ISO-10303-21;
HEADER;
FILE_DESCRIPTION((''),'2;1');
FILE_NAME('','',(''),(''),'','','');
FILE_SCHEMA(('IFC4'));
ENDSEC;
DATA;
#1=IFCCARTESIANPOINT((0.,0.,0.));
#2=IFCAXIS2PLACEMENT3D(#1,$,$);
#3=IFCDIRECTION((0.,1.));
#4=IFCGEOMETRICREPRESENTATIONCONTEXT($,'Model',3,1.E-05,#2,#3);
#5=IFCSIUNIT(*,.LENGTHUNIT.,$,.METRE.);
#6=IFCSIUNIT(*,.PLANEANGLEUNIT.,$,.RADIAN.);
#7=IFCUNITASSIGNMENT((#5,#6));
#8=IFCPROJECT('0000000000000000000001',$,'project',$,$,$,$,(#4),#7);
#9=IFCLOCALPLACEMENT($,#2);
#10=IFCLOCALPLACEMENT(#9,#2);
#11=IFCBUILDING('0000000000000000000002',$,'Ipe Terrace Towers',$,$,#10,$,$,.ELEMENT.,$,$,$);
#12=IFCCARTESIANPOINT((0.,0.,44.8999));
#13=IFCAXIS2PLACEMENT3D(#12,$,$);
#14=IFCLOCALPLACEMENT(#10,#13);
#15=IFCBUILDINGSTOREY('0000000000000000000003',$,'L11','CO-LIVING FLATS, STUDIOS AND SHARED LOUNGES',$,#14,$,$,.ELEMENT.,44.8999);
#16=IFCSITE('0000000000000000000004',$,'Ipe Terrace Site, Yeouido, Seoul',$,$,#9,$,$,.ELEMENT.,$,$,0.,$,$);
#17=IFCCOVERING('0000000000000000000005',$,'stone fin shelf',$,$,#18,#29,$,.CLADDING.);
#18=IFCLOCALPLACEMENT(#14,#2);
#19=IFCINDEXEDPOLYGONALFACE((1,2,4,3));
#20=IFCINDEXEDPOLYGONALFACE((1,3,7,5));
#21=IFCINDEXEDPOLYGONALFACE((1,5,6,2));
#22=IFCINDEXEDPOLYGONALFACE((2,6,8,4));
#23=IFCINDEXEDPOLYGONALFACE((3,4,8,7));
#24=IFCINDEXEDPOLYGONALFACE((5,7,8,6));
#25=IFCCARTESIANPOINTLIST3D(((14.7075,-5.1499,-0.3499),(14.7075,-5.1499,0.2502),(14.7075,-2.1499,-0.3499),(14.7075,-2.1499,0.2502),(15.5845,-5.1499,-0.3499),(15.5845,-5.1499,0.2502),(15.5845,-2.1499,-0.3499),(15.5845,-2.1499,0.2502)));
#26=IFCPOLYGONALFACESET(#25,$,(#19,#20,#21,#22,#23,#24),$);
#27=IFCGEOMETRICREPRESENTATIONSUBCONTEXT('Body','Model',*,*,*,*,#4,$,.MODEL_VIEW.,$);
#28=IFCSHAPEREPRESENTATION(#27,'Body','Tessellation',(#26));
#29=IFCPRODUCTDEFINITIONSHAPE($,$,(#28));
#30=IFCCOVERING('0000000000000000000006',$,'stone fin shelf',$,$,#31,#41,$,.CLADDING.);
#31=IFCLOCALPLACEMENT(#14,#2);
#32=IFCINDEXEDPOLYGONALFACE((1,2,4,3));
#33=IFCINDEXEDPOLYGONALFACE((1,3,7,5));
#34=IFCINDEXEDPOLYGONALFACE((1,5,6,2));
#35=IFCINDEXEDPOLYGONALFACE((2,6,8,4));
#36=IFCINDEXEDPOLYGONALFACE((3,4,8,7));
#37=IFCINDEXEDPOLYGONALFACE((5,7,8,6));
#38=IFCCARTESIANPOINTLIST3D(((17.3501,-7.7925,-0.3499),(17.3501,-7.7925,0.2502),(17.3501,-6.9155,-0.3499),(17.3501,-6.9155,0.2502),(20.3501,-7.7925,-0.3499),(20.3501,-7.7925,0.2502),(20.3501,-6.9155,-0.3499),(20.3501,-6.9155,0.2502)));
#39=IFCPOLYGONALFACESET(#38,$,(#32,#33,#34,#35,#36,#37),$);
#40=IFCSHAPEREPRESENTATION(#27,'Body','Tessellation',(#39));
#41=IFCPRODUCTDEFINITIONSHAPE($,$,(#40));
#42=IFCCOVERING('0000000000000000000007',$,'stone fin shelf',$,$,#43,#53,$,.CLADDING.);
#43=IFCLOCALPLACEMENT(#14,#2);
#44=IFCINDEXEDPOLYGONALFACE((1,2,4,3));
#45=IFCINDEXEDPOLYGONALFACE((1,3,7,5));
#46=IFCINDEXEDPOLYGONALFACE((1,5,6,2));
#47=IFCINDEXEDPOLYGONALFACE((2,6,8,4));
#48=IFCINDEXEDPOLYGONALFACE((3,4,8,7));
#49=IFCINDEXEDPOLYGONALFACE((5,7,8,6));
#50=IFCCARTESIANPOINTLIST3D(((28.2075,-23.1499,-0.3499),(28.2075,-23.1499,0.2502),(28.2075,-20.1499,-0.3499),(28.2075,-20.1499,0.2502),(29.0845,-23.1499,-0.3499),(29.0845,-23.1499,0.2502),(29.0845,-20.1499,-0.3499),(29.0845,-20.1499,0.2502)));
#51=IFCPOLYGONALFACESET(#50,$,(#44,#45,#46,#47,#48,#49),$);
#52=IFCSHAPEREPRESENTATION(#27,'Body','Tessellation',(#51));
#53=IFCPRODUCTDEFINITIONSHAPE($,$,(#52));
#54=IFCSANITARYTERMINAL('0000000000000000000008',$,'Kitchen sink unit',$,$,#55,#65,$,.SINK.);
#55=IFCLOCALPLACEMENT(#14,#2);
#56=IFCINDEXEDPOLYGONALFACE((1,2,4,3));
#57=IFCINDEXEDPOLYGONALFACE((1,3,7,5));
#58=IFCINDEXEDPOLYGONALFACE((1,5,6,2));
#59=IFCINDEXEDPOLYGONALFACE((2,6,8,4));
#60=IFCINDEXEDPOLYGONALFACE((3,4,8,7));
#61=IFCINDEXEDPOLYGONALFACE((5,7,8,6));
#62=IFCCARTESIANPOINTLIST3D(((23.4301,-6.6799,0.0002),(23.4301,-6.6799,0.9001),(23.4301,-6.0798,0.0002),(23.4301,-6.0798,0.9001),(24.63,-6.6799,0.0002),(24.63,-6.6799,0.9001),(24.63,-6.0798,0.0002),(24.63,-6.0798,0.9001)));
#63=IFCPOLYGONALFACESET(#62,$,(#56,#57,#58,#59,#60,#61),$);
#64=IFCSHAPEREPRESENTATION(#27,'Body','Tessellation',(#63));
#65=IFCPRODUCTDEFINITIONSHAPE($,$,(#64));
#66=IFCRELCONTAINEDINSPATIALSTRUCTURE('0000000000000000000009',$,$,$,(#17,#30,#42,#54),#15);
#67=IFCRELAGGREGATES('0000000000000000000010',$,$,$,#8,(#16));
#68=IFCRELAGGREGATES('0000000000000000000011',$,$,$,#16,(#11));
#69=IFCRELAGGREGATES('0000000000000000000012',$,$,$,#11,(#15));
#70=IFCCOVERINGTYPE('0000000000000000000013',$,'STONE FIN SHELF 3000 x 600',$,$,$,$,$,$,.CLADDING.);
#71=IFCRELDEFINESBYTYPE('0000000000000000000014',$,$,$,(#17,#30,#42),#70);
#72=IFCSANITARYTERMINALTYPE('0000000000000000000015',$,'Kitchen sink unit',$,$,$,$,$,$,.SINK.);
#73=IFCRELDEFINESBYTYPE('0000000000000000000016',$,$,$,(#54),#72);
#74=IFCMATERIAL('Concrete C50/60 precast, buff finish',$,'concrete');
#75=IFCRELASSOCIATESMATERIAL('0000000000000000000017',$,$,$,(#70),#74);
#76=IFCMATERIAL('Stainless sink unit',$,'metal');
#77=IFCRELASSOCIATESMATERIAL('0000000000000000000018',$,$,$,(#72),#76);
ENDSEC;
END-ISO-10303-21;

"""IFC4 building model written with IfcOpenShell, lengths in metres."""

from ifc_helpers import new_model, si_unit, direction, frame, origin, origin_2d, place, context, subcontext, project, spatial, rectangle, extrude, material, type_object, element, save


model = new_model("IFC4")

# Units and contexts
model_context = context("Model", 3, precision=1e-05, world=origin(), true_north=direction((0.0, 1.0)))
body_context = subcontext(model_context, "Body", "Model", "MODEL_VIEW")
ifc_project = project(units=[si_unit("LENGTHUNIT", "METRE"), si_unit("PLANEANGLEUNIT", "RADIAN")], contexts=[model_context])

# Site, building, storey
site_placement = place(None, origin())
site = spatial("IfcSite", under=ifc_project, at=site_placement, Name="Ipe Terrace Site, Yeouido, Seoul", CompositionType="ELEMENT", RefElevation=0.0)
building_placement = place(site_placement, origin())
building = spatial("IfcBuilding", under=site, at=building_placement, Name="Ipe Terrace Towers", CompositionType="ELEMENT")
storey_placement = place(building_placement, frame((0.0, 0.0, 44.8999)))
storey = spatial("IfcBuildingStorey", under=building, at=storey_placement, Name="L11", Description="CO-LIVING FLATS, STUDIOS AND SHARED LOUNGES", CompositionType="ELEMENT", Elevation=44.8999)

# Coverings
ifc_material_1 = material(Name="Concrete C50/60 precast, buff finish", Category="concrete")
covering_type_1 = type_object("IfcCoveringType", Name="STONE FIN SHELF 3000 x 600", PredefinedType="CLADDING", material=ifc_material_1)
for number, where, z_axis, x_axis, name in (
    (1, (15.146, -3.6499, -0.3499), (0.0, 0.0, 1.0), (0.0, -1.0, 0.0), "stone fin shelf"),
    (2, (18.8501, -7.354, -0.3499), (0.0, 0.0, 1.0), (1.0, 0.0, 0.0), "stone fin shelf"),
    (3, (28.646, -21.6499, -0.3499), (0.0, 0.0, 1.0), (0.0, -1.0, 0.0), "stone fin shelf"),
):
    element("IfcCovering", number, at=place(storey_placement, frame(where, z_axis=z_axis, x_axis=x_axis)), inside=storey, type_object=covering_type_1, Name=name, PredefinedType="CLADDING", context=body_context, shape_type="SweptSolid", body=[
        extrude(rectangle(XDim=3.0, YDim=0.877, at=origin_2d()), origin(), (0.0, 0.0, 1.0), 0.6001),
    ])

# Sanitary terminal
ifc_material_2 = material(Name="Stainless sink unit", Category="metal")
sanitary_terminal_type = type_object("IfcSanitaryTerminalType", Name="Kitchen sink unit", PredefinedType="SINK", material=ifc_material_2)
sanitary_terminal_placement = place(storey_placement, frame((24.03, -6.3799, 0.0002), z_axis=(0.0, 0.0, 1.0), x_axis=(-1.0, 0.0, 0.0)))
element("IfcSanitaryTerminal", 4, at=sanitary_terminal_placement, inside=storey, type_object=sanitary_terminal_type, Name="Kitchen sink unit", PredefinedType="SINK", context=body_context, shape_type="SweptSolid", body=[
    extrude(rectangle(XDim=1.2, YDim=0.6001, at=origin_2d()), origin(), (0.0, 0.0, 1.0), 0.8999),
])

save(model, "model.ifc")
